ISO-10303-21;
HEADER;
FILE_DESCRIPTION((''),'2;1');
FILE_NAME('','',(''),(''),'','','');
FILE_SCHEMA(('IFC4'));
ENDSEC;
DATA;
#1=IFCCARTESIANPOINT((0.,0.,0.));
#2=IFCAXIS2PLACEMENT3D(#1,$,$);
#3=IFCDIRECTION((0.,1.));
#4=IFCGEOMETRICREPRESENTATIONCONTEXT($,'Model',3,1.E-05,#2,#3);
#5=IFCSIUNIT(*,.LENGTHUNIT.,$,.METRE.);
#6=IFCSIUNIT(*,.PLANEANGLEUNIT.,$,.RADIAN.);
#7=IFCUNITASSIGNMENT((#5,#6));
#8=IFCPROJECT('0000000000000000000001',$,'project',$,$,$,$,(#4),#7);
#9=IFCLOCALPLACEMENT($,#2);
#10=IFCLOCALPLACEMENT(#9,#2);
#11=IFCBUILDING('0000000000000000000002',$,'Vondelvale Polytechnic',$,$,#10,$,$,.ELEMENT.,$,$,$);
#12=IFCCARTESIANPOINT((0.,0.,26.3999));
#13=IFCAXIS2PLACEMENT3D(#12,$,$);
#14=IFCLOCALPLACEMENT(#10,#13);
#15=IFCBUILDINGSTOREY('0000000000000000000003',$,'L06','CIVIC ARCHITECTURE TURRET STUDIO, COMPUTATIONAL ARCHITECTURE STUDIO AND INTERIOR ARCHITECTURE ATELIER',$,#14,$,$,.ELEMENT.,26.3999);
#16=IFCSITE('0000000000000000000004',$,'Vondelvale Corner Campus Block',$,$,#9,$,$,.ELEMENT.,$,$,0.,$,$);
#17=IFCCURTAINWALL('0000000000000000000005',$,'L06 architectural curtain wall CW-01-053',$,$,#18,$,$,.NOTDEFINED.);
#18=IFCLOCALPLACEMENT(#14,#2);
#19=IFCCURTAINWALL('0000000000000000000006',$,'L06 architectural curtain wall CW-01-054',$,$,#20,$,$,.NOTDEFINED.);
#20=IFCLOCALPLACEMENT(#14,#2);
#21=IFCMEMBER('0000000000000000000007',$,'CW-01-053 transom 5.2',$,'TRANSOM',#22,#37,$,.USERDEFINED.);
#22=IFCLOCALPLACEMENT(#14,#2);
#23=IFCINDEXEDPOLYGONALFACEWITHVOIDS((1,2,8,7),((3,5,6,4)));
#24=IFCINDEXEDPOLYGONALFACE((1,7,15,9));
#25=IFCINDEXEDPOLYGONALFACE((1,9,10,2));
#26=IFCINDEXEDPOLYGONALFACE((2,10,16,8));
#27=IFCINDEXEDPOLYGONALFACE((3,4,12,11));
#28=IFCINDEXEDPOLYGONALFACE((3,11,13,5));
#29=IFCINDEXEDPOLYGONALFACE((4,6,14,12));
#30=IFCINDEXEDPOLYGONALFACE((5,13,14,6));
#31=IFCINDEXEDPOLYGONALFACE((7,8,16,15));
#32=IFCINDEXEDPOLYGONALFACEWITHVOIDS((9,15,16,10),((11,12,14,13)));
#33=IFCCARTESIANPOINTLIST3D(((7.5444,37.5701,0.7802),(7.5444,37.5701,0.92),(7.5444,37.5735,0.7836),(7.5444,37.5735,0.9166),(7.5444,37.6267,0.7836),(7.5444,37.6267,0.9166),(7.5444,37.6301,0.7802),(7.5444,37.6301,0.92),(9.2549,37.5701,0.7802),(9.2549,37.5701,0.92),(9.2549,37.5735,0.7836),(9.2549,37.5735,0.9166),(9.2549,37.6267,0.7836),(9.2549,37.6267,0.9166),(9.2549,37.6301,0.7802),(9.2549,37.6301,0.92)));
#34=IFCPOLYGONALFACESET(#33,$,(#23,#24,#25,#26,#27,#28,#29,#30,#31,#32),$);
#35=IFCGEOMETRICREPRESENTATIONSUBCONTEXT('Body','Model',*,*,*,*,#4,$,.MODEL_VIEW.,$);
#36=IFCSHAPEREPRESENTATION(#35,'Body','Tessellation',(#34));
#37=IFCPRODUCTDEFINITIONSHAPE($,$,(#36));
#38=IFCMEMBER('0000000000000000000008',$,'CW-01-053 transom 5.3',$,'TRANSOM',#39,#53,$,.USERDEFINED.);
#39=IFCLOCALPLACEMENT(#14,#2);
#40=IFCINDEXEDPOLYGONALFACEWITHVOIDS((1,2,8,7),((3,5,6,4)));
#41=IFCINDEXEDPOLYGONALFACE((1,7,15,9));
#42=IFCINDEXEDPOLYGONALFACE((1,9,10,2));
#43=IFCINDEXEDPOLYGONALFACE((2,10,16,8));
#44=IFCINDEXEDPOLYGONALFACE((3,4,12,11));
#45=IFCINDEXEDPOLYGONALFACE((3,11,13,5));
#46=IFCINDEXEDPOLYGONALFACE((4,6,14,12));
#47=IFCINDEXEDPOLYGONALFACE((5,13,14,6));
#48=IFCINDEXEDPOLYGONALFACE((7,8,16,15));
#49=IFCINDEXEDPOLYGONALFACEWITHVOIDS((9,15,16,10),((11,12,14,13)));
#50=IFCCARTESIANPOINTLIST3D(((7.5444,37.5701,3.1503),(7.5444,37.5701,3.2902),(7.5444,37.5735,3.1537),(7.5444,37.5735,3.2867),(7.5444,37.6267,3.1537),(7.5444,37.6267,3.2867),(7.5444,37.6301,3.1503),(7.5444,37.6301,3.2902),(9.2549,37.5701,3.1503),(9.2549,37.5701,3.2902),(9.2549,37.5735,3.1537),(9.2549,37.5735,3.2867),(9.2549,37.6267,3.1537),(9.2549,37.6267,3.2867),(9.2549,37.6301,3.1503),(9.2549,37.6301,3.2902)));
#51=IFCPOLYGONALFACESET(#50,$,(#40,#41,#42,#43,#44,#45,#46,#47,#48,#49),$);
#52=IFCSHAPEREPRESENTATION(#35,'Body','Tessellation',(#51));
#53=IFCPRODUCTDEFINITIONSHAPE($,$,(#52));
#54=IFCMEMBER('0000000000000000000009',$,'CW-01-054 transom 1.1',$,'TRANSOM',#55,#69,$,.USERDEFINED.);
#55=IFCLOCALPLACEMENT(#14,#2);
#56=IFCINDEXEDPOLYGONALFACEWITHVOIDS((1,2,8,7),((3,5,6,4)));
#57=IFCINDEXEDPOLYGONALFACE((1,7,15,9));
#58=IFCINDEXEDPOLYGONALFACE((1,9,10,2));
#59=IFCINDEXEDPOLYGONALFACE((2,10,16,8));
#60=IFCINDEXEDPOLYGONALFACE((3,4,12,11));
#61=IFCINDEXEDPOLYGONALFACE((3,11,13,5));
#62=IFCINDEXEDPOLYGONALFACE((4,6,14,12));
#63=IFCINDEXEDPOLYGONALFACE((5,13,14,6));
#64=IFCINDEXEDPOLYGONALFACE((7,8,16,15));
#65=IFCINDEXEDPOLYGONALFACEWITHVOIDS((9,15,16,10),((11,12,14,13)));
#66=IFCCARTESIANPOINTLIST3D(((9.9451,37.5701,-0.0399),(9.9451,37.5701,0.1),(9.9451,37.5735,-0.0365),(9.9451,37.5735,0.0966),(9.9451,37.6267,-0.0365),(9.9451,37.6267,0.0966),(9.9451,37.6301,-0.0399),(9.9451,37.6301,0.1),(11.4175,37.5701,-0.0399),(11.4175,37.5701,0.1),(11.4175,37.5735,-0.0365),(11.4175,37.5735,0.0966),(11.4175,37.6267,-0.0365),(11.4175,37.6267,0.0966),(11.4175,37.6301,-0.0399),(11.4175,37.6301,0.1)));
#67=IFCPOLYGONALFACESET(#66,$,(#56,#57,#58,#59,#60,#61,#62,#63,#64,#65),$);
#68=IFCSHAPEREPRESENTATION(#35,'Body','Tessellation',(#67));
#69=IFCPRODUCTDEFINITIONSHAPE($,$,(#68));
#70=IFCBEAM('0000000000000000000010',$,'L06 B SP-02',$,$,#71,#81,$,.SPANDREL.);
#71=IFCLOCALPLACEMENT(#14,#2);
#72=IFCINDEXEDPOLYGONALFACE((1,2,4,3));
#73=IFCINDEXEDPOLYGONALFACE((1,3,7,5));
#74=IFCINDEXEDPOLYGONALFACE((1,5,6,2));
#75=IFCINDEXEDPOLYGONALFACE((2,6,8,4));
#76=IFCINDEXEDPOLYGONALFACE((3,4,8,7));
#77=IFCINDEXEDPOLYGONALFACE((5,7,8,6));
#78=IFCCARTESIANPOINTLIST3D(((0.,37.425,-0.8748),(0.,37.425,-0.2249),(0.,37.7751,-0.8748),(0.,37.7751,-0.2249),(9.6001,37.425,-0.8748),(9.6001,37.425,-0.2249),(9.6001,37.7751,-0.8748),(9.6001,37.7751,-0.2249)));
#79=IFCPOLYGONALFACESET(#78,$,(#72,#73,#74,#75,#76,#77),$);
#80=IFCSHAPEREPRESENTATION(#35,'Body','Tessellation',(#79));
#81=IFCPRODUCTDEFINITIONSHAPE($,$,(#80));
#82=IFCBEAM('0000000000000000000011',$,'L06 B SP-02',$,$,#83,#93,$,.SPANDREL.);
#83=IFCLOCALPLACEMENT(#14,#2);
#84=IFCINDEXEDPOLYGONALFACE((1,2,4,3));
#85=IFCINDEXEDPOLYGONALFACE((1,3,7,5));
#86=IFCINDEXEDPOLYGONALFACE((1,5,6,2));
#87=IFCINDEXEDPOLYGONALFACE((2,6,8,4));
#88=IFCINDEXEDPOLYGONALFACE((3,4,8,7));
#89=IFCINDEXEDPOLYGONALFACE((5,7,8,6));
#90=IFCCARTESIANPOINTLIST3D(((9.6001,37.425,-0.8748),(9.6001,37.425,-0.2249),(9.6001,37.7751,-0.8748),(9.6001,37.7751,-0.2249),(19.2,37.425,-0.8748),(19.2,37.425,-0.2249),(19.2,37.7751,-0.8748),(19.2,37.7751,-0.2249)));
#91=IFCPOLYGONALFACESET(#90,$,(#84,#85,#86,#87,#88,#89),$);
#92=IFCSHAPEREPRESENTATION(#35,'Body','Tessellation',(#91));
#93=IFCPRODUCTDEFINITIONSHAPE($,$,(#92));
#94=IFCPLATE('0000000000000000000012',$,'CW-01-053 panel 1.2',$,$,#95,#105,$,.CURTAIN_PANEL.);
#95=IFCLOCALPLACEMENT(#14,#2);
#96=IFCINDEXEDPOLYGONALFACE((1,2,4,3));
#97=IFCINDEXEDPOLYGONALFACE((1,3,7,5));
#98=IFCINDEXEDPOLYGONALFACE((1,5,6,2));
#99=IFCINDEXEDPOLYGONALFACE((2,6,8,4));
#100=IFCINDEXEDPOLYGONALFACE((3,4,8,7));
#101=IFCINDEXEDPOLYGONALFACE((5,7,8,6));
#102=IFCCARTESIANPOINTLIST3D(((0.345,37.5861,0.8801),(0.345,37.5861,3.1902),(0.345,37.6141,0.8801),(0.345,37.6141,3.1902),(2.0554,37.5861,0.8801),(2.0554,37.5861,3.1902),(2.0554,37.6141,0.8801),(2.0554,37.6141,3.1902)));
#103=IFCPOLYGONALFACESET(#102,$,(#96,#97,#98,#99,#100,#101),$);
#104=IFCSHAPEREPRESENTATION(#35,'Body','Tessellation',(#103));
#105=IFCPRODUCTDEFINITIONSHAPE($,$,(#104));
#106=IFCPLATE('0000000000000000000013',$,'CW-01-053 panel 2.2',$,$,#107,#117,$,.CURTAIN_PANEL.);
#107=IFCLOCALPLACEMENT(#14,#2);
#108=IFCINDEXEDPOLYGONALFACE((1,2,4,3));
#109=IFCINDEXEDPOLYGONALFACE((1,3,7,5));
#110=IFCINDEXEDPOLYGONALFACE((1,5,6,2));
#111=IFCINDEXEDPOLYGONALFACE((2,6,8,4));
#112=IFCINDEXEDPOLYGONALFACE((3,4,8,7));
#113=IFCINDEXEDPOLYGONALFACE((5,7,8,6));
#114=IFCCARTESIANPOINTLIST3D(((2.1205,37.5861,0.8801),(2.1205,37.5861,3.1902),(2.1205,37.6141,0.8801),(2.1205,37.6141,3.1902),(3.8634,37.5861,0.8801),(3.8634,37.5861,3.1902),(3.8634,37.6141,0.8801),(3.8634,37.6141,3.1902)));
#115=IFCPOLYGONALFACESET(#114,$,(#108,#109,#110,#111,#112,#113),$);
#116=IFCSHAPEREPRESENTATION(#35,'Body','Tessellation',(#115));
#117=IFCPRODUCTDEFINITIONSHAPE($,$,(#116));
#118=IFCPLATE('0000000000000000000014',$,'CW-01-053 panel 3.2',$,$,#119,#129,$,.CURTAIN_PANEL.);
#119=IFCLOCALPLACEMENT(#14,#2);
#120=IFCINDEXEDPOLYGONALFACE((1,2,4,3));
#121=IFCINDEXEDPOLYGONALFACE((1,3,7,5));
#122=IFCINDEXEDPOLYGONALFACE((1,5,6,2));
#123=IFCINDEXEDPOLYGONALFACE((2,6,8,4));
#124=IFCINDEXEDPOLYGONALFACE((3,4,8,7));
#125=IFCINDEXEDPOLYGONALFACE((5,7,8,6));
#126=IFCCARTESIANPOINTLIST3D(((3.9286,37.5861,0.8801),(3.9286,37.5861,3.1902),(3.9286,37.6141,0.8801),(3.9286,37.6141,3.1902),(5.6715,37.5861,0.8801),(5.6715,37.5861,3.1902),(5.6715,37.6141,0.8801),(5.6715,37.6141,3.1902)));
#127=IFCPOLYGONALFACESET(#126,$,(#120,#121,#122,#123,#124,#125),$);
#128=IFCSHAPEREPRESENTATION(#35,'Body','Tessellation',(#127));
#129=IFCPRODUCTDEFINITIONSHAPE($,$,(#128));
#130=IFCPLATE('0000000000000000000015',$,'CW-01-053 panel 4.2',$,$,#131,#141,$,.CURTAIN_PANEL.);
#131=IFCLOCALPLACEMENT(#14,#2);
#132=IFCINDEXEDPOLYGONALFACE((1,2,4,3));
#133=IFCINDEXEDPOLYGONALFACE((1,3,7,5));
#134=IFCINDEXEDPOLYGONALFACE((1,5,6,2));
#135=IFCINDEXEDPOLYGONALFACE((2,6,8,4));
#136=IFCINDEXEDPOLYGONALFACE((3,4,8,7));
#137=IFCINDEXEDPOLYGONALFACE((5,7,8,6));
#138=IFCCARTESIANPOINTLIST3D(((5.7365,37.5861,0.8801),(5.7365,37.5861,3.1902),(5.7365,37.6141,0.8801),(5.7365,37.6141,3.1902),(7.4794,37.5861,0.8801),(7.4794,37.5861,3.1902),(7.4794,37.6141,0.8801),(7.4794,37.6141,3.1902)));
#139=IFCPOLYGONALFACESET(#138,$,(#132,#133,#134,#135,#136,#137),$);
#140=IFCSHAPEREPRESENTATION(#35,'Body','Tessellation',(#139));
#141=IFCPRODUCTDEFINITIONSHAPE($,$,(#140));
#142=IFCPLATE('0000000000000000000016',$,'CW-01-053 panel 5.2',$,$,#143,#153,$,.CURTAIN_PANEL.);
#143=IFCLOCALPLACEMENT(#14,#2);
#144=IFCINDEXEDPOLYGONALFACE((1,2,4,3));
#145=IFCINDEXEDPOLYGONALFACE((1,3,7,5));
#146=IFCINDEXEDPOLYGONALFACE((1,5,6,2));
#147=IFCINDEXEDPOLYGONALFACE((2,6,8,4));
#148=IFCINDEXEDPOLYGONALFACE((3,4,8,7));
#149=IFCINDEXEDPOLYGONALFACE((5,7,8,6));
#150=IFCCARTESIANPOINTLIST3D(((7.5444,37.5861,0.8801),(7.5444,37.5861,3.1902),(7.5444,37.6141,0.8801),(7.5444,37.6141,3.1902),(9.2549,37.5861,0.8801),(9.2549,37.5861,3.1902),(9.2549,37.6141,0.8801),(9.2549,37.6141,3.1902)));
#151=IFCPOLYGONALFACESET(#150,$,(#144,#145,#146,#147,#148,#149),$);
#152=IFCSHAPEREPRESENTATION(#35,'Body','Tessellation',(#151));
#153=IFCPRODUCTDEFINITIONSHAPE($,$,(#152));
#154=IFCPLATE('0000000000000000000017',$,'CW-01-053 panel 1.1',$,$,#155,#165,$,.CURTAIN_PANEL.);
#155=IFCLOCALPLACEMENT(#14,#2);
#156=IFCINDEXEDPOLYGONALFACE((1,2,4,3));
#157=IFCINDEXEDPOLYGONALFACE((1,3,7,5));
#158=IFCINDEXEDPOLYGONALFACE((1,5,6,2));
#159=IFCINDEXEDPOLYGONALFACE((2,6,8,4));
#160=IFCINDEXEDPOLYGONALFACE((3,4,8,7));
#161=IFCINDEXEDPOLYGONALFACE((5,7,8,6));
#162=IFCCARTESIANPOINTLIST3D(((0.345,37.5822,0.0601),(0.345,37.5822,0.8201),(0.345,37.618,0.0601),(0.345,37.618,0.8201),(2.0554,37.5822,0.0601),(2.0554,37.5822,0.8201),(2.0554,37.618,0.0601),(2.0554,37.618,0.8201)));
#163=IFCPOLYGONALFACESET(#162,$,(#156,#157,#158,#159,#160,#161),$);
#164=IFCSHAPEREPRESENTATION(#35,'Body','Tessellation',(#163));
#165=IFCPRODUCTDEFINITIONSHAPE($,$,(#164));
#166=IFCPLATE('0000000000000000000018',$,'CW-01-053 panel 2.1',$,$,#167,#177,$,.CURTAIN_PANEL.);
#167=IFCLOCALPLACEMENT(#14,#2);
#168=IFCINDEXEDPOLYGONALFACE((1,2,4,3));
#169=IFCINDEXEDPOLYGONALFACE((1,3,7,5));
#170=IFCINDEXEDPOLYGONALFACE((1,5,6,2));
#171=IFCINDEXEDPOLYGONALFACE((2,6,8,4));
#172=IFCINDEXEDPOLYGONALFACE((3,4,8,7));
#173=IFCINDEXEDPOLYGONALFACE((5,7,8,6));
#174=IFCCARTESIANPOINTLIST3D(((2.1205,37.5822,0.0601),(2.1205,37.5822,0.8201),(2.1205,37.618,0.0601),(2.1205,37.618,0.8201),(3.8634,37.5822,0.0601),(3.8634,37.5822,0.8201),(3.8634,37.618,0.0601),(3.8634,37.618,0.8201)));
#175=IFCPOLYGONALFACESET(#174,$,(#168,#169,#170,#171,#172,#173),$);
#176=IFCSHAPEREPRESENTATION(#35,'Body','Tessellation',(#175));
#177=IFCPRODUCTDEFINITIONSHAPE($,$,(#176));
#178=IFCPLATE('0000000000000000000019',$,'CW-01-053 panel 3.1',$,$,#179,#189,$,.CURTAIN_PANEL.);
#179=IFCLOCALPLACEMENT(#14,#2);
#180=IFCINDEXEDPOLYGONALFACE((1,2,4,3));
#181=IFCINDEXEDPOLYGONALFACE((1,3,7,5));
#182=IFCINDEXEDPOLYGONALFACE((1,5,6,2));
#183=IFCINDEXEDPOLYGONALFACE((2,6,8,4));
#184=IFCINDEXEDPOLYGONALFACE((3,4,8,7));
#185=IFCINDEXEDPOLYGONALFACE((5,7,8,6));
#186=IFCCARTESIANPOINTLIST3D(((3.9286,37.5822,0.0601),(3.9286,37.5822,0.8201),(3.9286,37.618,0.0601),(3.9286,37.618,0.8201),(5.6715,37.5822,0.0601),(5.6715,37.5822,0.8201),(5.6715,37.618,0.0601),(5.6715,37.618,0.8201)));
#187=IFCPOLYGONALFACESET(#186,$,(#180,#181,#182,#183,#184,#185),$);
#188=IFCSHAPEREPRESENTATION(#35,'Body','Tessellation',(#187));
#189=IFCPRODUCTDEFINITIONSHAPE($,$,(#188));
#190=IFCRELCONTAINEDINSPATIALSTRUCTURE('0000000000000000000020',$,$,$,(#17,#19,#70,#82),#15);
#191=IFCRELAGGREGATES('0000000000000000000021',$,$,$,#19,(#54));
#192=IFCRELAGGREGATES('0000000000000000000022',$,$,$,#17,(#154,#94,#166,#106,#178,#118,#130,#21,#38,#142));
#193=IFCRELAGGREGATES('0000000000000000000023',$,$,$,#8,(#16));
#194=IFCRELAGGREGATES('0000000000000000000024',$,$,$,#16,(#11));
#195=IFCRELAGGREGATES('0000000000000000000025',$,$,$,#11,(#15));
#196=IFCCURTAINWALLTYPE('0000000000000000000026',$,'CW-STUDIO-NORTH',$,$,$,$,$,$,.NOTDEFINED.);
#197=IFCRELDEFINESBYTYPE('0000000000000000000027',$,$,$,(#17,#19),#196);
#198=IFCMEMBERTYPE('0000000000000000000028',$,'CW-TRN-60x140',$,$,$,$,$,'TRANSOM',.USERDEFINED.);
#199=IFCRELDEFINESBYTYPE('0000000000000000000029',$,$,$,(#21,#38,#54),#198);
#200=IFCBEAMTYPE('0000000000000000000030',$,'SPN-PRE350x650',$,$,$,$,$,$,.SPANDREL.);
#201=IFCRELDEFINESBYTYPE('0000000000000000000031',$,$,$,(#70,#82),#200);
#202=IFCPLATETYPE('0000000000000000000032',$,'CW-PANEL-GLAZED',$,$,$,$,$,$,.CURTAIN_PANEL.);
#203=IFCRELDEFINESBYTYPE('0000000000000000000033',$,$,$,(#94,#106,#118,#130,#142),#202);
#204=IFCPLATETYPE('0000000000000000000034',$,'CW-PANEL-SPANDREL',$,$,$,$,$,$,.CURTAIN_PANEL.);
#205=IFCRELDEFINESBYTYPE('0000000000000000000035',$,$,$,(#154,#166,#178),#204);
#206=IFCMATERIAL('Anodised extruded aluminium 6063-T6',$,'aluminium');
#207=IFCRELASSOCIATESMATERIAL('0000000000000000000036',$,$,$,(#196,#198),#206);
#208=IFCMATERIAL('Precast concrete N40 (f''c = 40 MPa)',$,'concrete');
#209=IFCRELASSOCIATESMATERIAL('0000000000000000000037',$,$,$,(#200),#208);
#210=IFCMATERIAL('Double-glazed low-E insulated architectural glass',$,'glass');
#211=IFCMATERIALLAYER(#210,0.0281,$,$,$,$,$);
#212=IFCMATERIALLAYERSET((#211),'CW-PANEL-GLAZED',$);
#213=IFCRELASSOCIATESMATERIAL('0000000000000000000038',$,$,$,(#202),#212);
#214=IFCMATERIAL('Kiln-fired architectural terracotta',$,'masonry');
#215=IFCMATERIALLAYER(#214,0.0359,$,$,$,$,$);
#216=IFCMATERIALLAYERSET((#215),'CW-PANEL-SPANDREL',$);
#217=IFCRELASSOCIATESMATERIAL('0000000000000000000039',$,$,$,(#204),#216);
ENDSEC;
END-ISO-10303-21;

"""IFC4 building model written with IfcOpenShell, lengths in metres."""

from ifc_helpers import new_model, si_unit, direction, frame, origin, origin_2d, place, context, subcontext, project, spatial, rectangle, hollow_rectangle, extrude, material, layer, layer_set, material_profile, profile_set, type_object, element, aggregate, save


model = new_model("IFC4")

# Units and contexts
model_context = context("Model", 3, precision=1e-05, world=origin(), true_north=direction((0.0, 1.0)))
body_context = subcontext(model_context, "Body", "Model", "MODEL_VIEW")
ifc_project = project(units=[si_unit("LENGTHUNIT", "METRE"), si_unit("PLANEANGLEUNIT", "RADIAN")], contexts=[model_context])

# Site, building, storey
site_placement = place(None, origin())
site = spatial("IfcSite", under=ifc_project, at=site_placement, Name="Vondelvale Corner Campus Block", CompositionType="ELEMENT", RefElevation=0.0)
building_placement = place(site_placement, origin())
building = spatial("IfcBuilding", under=site, at=building_placement, Name="Vondelvale Polytechnic", CompositionType="ELEMENT")
storey_placement = place(building_placement, frame((0.0, 0.0, 26.3999)))
storey = spatial("IfcBuildingStorey", under=building, at=storey_placement, Name="L06", Description="CIVIC ARCHITECTURE TURRET STUDIO, COMPUTATIONAL ARCHITECTURE STUDIO AND INTERIOR ARCHITECTURE ATELIER", CompositionType="ELEMENT", Elevation=26.3999)

# Curtain wall
ifc_material_1 = material(Name="Anodised extruded aluminium 6063-T6", Category="aluminium")
curtain_wall_type = type_object("IfcCurtainWallType", Name="CW-STUDIO-NORTH", PredefinedType="NOTDEFINED", material=ifc_material_1)
curtain_wall_1_placement = place(storey_placement, origin())
curtain_wall_1 = element("IfcCurtainWall", 1, at=curtain_wall_1_placement, inside=storey, type_object=curtain_wall_type, Name="L06 architectural curtain wall CW-01-053", PredefinedType="NOTDEFINED")

# Curtain wall
curtain_wall_2_placement = place(storey_placement, origin())
curtain_wall_2 = element("IfcCurtainWall", 2, at=curtain_wall_2_placement, inside=storey, type_object=curtain_wall_type, Name="L06 architectural curtain wall CW-01-054", PredefinedType="NOTDEFINED")

# Members
ifc_material_profile_1 = material_profile(ifc_material_1, hollow_rectangle(XDim=0.0601, YDim=0.1399, WallThickness=0.0034, at=origin_2d()), Name="CW-TRN-140x60")
ifc_profile_set_1 = profile_set([ifc_material_profile_1], Name="Anodised extruded aluminium 6063-T6")
member_type_1 = type_object("IfcMemberType", Name="CW-TRN-60x140", ElementType="TRANSOM", PredefinedType="USERDEFINED", material=ifc_profile_set_1)
member_1_placement = place(storey_placement, frame((7.5444, 37.6001, 0.8501), z_axis=(1.0, 0.0, 0.0), x_axis=(0.0, 1.0, 0.0)))
member_1 = element("IfcMember", 3, at=member_1_placement, type_object=member_type_1, Name="CW-01-053 transom 5.2", ObjectType="TRANSOM", PredefinedType="USERDEFINED", context=body_context, shape_type="SweptSolid", body=[
    extrude(hollow_rectangle(XDim=0.0601, YDim=0.1399, WallThickness=0.0034, at=origin_2d()), origin(), (0.0, 0.0, 1.0), 1.7104),
])
member_2_placement = place(storey_placement, frame((7.5444, 37.6001, 3.2202), z_axis=(1.0, 0.0, 0.0), x_axis=(0.0, 1.0, 0.0)))
member_2 = element("IfcMember", 4, at=member_2_placement, type_object=member_type_1, Name="CW-01-053 transom 5.3", ObjectType="TRANSOM", PredefinedType="USERDEFINED", context=body_context, shape_type="SweptSolid", body=[
    extrude(hollow_rectangle(XDim=0.0601, YDim=0.1399, WallThickness=0.0034, at=origin_2d()), origin(), (0.0, 0.0, 1.0), 1.7104),
])
member_3_placement = place(storey_placement, frame((9.9451, 37.6001, 0.03), z_axis=(1.0, 0.0, 0.0), x_axis=(0.0, 1.0, 0.0)))
member_3 = element("IfcMember", 5, at=member_3_placement, type_object=member_type_1, Name="CW-01-054 transom 1.1", ObjectType="TRANSOM", PredefinedType="USERDEFINED", context=body_context, shape_type="SweptSolid", body=[
    extrude(hollow_rectangle(XDim=0.0601, YDim=0.1399, WallThickness=0.0034, at=origin_2d()), origin(), (0.0, 0.0, 1.0), 1.4724),
])
aggregate(curtain_wall_2, [member_3])

# Beams
ifc_material_2 = material(Name="Precast concrete N40 (f'c = 40 MPa)", Category="concrete")
ifc_material_profile_2 = material_profile(ifc_material_2, rectangle(XDim=0.3501, YDim=0.6499, at=origin_2d()), Name="RC-SPN-350x650")
ifc_profile_set_2 = profile_set([ifc_material_profile_2], Name="Precast concrete N40 (f'c = 40 MPa)")
beam_type = type_object("IfcBeamType", Name="SPN-PRE350x650", PredefinedType="SPANDREL", material=ifc_profile_set_2)
beam_1_placement = place(storey_placement, frame((0.0, 37.6001, -0.5498), z_axis=(1.0, 0.0, 0.0), x_axis=(0.0, 1.0, 0.0)))
element("IfcBeam", 6, at=beam_1_placement, inside=storey, type_object=beam_type, Name="L06 B SP-02", PredefinedType="SPANDREL", context=body_context, shape_type="SweptSolid", body=[
    extrude(rectangle(XDim=0.3501, YDim=0.6499, at=origin_2d()), origin(), (0.0, 0.0, 1.0), 9.6001),
])
beam_2_placement = place(storey_placement, frame((9.6001, 37.6001, -0.5498), z_axis=(1.0, 0.0, 0.0), x_axis=(0.0, 1.0, 0.0)))
element("IfcBeam", 7, at=beam_2_placement, inside=storey, type_object=beam_type, Name="L06 B SP-02", PredefinedType="SPANDREL", context=body_context, shape_type="SweptSolid", body=[
    extrude(rectangle(XDim=0.3501, YDim=0.6499, at=origin_2d()), origin(), (0.0, 0.0, 1.0), 9.5999),
])

# Plates
ifc_material_3 = material(Name="Double-glazed low-E insulated architectural glass", Category="glass")
ifc_layer_1 = layer(ifc_material_3, 0.0281)
ifc_layer_set_1 = layer_set([ifc_layer_1], Name="CW-PANEL-GLAZED")
plate_type_1 = type_object("IfcPlateType", Name="CW-PANEL-GLAZED", PredefinedType="CURTAIN_PANEL", material=ifc_layer_set_1)
plate_1_placement = place(storey_placement, frame((1.2002, 37.6001, 0.8801), z_axis=(0.0, 0.0, 1.0), x_axis=(1.0, 0.0, 0.0)))
plate_1 = element("IfcPlate", 8, at=plate_1_placement, type_object=plate_type_1, Name="CW-01-053 panel 1.2", PredefinedType="CURTAIN_PANEL", context=body_context, shape_type="SweptSolid", body=[
    extrude(rectangle(XDim=1.7104, YDim=0.0281, at=origin_2d()), origin(), (0.0, 0.0, 1.0), 2.3101),
])
plate_2_placement = place(storey_placement, frame((2.9919, 37.6001, 0.8801), z_axis=(0.0, 0.0, 1.0), x_axis=(1.0, 0.0, 0.0)))
plate_2 = element("IfcPlate", 9, at=plate_2_placement, type_object=plate_type_1, Name="CW-01-053 panel 2.2", PredefinedType="CURTAIN_PANEL", context=body_context, shape_type="SweptSolid", body=[
    extrude(rectangle(XDim=1.7429, YDim=0.0281, at=origin_2d()), origin(), (0.0, 0.0, 1.0), 2.3101),
])
plate_3_placement = place(storey_placement, frame((4.8, 37.6001, 0.8801), z_axis=(0.0, 0.0, 1.0), x_axis=(1.0, 0.0, 0.0)))
plate_3 = element("IfcPlate", 10, at=plate_3_placement, type_object=plate_type_1, Name="CW-01-053 panel 3.2", PredefinedType="CURTAIN_PANEL", context=body_context, shape_type="SweptSolid", body=[
    extrude(rectangle(XDim=1.7429, YDim=0.0281, at=origin_2d()), origin(), (0.0, 0.0, 1.0), 2.3101),
])
plate_4_placement = place(storey_placement, frame((6.6079, 37.6001, 0.8801), z_axis=(0.0, 0.0, 1.0), x_axis=(1.0, 0.0, 0.0)))
plate_4 = element("IfcPlate", 11, at=plate_4_placement, type_object=plate_type_1, Name="CW-01-053 panel 4.2", PredefinedType="CURTAIN_PANEL", context=body_context, shape_type="SweptSolid", body=[
    extrude(rectangle(XDim=1.7429, YDim=0.0281, at=origin_2d()), origin(), (0.0, 0.0, 1.0), 2.3101),
])
plate_5_placement = place(storey_placement, frame((8.3997, 37.6001, 0.8801), z_axis=(0.0, 0.0, 1.0), x_axis=(1.0, 0.0, 0.0)))
plate_5 = element("IfcPlate", 12, at=plate_5_placement, type_object=plate_type_1, Name="CW-01-053 panel 5.2", PredefinedType="CURTAIN_PANEL", context=body_context, shape_type="SweptSolid", body=[
    extrude(rectangle(XDim=1.7104, YDim=0.0281, at=origin_2d()), origin(), (0.0, 0.0, 1.0), 2.3101),
])
ifc_material_4 = material(Name="Kiln-fired architectural terracotta", Category="masonry")
ifc_layer_2 = layer(ifc_material_4, 0.0359)
ifc_layer_set_2 = layer_set([ifc_layer_2], Name="CW-PANEL-SPANDREL")
plate_type_2 = type_object("IfcPlateType", Name="CW-PANEL-SPANDREL", PredefinedType="CURTAIN_PANEL", material=ifc_layer_set_2)
plate_6_placement = place(storey_placement, frame((1.2002, 37.6001, 0.0601), z_axis=(0.0, 0.0, 1.0), x_axis=(1.0, 0.0, 0.0)))
plate_6 = element("IfcPlate", 13, at=plate_6_placement, type_object=plate_type_2, Name="CW-01-053 panel 1.1", PredefinedType="CURTAIN_PANEL", context=body_context, shape_type="SweptSolid", body=[
    extrude(rectangle(XDim=1.7104, YDim=0.0359, at=origin_2d()), origin(), (0.0, 0.0, 1.0), 0.76),
])
plate_7_placement = place(storey_placement, frame((2.9919, 37.6001, 0.0601), z_axis=(0.0, 0.0, 1.0), x_axis=(1.0, 0.0, 0.0)))
plate_7 = element("IfcPlate", 14, at=plate_7_placement, type_object=plate_type_2, Name="CW-01-053 panel 2.1", PredefinedType="CURTAIN_PANEL", context=body_context, shape_type="SweptSolid", body=[
    extrude(rectangle(XDim=1.7429, YDim=0.0359, at=origin_2d()), origin(), (0.0, 0.0, 1.0), 0.76),
])
plate_8_placement = place(storey_placement, frame((4.8, 37.6001, 0.0601), z_axis=(0.0, 0.0, 1.0), x_axis=(1.0, 0.0, 0.0)))
plate_8 = element("IfcPlate", 15, at=plate_8_placement, type_object=plate_type_2, Name="CW-01-053 panel 3.1", PredefinedType="CURTAIN_PANEL", context=body_context, shape_type="SweptSolid", body=[
    extrude(rectangle(XDim=1.7429, YDim=0.0359, at=origin_2d()), origin(), (0.0, 0.0, 1.0), 0.76),
])
aggregate(curtain_wall_1, [plate_6, plate_1, plate_7, plate_2, plate_8, plate_3, plate_4, member_1, member_2, plate_5])

save(model, "model.ifc")
